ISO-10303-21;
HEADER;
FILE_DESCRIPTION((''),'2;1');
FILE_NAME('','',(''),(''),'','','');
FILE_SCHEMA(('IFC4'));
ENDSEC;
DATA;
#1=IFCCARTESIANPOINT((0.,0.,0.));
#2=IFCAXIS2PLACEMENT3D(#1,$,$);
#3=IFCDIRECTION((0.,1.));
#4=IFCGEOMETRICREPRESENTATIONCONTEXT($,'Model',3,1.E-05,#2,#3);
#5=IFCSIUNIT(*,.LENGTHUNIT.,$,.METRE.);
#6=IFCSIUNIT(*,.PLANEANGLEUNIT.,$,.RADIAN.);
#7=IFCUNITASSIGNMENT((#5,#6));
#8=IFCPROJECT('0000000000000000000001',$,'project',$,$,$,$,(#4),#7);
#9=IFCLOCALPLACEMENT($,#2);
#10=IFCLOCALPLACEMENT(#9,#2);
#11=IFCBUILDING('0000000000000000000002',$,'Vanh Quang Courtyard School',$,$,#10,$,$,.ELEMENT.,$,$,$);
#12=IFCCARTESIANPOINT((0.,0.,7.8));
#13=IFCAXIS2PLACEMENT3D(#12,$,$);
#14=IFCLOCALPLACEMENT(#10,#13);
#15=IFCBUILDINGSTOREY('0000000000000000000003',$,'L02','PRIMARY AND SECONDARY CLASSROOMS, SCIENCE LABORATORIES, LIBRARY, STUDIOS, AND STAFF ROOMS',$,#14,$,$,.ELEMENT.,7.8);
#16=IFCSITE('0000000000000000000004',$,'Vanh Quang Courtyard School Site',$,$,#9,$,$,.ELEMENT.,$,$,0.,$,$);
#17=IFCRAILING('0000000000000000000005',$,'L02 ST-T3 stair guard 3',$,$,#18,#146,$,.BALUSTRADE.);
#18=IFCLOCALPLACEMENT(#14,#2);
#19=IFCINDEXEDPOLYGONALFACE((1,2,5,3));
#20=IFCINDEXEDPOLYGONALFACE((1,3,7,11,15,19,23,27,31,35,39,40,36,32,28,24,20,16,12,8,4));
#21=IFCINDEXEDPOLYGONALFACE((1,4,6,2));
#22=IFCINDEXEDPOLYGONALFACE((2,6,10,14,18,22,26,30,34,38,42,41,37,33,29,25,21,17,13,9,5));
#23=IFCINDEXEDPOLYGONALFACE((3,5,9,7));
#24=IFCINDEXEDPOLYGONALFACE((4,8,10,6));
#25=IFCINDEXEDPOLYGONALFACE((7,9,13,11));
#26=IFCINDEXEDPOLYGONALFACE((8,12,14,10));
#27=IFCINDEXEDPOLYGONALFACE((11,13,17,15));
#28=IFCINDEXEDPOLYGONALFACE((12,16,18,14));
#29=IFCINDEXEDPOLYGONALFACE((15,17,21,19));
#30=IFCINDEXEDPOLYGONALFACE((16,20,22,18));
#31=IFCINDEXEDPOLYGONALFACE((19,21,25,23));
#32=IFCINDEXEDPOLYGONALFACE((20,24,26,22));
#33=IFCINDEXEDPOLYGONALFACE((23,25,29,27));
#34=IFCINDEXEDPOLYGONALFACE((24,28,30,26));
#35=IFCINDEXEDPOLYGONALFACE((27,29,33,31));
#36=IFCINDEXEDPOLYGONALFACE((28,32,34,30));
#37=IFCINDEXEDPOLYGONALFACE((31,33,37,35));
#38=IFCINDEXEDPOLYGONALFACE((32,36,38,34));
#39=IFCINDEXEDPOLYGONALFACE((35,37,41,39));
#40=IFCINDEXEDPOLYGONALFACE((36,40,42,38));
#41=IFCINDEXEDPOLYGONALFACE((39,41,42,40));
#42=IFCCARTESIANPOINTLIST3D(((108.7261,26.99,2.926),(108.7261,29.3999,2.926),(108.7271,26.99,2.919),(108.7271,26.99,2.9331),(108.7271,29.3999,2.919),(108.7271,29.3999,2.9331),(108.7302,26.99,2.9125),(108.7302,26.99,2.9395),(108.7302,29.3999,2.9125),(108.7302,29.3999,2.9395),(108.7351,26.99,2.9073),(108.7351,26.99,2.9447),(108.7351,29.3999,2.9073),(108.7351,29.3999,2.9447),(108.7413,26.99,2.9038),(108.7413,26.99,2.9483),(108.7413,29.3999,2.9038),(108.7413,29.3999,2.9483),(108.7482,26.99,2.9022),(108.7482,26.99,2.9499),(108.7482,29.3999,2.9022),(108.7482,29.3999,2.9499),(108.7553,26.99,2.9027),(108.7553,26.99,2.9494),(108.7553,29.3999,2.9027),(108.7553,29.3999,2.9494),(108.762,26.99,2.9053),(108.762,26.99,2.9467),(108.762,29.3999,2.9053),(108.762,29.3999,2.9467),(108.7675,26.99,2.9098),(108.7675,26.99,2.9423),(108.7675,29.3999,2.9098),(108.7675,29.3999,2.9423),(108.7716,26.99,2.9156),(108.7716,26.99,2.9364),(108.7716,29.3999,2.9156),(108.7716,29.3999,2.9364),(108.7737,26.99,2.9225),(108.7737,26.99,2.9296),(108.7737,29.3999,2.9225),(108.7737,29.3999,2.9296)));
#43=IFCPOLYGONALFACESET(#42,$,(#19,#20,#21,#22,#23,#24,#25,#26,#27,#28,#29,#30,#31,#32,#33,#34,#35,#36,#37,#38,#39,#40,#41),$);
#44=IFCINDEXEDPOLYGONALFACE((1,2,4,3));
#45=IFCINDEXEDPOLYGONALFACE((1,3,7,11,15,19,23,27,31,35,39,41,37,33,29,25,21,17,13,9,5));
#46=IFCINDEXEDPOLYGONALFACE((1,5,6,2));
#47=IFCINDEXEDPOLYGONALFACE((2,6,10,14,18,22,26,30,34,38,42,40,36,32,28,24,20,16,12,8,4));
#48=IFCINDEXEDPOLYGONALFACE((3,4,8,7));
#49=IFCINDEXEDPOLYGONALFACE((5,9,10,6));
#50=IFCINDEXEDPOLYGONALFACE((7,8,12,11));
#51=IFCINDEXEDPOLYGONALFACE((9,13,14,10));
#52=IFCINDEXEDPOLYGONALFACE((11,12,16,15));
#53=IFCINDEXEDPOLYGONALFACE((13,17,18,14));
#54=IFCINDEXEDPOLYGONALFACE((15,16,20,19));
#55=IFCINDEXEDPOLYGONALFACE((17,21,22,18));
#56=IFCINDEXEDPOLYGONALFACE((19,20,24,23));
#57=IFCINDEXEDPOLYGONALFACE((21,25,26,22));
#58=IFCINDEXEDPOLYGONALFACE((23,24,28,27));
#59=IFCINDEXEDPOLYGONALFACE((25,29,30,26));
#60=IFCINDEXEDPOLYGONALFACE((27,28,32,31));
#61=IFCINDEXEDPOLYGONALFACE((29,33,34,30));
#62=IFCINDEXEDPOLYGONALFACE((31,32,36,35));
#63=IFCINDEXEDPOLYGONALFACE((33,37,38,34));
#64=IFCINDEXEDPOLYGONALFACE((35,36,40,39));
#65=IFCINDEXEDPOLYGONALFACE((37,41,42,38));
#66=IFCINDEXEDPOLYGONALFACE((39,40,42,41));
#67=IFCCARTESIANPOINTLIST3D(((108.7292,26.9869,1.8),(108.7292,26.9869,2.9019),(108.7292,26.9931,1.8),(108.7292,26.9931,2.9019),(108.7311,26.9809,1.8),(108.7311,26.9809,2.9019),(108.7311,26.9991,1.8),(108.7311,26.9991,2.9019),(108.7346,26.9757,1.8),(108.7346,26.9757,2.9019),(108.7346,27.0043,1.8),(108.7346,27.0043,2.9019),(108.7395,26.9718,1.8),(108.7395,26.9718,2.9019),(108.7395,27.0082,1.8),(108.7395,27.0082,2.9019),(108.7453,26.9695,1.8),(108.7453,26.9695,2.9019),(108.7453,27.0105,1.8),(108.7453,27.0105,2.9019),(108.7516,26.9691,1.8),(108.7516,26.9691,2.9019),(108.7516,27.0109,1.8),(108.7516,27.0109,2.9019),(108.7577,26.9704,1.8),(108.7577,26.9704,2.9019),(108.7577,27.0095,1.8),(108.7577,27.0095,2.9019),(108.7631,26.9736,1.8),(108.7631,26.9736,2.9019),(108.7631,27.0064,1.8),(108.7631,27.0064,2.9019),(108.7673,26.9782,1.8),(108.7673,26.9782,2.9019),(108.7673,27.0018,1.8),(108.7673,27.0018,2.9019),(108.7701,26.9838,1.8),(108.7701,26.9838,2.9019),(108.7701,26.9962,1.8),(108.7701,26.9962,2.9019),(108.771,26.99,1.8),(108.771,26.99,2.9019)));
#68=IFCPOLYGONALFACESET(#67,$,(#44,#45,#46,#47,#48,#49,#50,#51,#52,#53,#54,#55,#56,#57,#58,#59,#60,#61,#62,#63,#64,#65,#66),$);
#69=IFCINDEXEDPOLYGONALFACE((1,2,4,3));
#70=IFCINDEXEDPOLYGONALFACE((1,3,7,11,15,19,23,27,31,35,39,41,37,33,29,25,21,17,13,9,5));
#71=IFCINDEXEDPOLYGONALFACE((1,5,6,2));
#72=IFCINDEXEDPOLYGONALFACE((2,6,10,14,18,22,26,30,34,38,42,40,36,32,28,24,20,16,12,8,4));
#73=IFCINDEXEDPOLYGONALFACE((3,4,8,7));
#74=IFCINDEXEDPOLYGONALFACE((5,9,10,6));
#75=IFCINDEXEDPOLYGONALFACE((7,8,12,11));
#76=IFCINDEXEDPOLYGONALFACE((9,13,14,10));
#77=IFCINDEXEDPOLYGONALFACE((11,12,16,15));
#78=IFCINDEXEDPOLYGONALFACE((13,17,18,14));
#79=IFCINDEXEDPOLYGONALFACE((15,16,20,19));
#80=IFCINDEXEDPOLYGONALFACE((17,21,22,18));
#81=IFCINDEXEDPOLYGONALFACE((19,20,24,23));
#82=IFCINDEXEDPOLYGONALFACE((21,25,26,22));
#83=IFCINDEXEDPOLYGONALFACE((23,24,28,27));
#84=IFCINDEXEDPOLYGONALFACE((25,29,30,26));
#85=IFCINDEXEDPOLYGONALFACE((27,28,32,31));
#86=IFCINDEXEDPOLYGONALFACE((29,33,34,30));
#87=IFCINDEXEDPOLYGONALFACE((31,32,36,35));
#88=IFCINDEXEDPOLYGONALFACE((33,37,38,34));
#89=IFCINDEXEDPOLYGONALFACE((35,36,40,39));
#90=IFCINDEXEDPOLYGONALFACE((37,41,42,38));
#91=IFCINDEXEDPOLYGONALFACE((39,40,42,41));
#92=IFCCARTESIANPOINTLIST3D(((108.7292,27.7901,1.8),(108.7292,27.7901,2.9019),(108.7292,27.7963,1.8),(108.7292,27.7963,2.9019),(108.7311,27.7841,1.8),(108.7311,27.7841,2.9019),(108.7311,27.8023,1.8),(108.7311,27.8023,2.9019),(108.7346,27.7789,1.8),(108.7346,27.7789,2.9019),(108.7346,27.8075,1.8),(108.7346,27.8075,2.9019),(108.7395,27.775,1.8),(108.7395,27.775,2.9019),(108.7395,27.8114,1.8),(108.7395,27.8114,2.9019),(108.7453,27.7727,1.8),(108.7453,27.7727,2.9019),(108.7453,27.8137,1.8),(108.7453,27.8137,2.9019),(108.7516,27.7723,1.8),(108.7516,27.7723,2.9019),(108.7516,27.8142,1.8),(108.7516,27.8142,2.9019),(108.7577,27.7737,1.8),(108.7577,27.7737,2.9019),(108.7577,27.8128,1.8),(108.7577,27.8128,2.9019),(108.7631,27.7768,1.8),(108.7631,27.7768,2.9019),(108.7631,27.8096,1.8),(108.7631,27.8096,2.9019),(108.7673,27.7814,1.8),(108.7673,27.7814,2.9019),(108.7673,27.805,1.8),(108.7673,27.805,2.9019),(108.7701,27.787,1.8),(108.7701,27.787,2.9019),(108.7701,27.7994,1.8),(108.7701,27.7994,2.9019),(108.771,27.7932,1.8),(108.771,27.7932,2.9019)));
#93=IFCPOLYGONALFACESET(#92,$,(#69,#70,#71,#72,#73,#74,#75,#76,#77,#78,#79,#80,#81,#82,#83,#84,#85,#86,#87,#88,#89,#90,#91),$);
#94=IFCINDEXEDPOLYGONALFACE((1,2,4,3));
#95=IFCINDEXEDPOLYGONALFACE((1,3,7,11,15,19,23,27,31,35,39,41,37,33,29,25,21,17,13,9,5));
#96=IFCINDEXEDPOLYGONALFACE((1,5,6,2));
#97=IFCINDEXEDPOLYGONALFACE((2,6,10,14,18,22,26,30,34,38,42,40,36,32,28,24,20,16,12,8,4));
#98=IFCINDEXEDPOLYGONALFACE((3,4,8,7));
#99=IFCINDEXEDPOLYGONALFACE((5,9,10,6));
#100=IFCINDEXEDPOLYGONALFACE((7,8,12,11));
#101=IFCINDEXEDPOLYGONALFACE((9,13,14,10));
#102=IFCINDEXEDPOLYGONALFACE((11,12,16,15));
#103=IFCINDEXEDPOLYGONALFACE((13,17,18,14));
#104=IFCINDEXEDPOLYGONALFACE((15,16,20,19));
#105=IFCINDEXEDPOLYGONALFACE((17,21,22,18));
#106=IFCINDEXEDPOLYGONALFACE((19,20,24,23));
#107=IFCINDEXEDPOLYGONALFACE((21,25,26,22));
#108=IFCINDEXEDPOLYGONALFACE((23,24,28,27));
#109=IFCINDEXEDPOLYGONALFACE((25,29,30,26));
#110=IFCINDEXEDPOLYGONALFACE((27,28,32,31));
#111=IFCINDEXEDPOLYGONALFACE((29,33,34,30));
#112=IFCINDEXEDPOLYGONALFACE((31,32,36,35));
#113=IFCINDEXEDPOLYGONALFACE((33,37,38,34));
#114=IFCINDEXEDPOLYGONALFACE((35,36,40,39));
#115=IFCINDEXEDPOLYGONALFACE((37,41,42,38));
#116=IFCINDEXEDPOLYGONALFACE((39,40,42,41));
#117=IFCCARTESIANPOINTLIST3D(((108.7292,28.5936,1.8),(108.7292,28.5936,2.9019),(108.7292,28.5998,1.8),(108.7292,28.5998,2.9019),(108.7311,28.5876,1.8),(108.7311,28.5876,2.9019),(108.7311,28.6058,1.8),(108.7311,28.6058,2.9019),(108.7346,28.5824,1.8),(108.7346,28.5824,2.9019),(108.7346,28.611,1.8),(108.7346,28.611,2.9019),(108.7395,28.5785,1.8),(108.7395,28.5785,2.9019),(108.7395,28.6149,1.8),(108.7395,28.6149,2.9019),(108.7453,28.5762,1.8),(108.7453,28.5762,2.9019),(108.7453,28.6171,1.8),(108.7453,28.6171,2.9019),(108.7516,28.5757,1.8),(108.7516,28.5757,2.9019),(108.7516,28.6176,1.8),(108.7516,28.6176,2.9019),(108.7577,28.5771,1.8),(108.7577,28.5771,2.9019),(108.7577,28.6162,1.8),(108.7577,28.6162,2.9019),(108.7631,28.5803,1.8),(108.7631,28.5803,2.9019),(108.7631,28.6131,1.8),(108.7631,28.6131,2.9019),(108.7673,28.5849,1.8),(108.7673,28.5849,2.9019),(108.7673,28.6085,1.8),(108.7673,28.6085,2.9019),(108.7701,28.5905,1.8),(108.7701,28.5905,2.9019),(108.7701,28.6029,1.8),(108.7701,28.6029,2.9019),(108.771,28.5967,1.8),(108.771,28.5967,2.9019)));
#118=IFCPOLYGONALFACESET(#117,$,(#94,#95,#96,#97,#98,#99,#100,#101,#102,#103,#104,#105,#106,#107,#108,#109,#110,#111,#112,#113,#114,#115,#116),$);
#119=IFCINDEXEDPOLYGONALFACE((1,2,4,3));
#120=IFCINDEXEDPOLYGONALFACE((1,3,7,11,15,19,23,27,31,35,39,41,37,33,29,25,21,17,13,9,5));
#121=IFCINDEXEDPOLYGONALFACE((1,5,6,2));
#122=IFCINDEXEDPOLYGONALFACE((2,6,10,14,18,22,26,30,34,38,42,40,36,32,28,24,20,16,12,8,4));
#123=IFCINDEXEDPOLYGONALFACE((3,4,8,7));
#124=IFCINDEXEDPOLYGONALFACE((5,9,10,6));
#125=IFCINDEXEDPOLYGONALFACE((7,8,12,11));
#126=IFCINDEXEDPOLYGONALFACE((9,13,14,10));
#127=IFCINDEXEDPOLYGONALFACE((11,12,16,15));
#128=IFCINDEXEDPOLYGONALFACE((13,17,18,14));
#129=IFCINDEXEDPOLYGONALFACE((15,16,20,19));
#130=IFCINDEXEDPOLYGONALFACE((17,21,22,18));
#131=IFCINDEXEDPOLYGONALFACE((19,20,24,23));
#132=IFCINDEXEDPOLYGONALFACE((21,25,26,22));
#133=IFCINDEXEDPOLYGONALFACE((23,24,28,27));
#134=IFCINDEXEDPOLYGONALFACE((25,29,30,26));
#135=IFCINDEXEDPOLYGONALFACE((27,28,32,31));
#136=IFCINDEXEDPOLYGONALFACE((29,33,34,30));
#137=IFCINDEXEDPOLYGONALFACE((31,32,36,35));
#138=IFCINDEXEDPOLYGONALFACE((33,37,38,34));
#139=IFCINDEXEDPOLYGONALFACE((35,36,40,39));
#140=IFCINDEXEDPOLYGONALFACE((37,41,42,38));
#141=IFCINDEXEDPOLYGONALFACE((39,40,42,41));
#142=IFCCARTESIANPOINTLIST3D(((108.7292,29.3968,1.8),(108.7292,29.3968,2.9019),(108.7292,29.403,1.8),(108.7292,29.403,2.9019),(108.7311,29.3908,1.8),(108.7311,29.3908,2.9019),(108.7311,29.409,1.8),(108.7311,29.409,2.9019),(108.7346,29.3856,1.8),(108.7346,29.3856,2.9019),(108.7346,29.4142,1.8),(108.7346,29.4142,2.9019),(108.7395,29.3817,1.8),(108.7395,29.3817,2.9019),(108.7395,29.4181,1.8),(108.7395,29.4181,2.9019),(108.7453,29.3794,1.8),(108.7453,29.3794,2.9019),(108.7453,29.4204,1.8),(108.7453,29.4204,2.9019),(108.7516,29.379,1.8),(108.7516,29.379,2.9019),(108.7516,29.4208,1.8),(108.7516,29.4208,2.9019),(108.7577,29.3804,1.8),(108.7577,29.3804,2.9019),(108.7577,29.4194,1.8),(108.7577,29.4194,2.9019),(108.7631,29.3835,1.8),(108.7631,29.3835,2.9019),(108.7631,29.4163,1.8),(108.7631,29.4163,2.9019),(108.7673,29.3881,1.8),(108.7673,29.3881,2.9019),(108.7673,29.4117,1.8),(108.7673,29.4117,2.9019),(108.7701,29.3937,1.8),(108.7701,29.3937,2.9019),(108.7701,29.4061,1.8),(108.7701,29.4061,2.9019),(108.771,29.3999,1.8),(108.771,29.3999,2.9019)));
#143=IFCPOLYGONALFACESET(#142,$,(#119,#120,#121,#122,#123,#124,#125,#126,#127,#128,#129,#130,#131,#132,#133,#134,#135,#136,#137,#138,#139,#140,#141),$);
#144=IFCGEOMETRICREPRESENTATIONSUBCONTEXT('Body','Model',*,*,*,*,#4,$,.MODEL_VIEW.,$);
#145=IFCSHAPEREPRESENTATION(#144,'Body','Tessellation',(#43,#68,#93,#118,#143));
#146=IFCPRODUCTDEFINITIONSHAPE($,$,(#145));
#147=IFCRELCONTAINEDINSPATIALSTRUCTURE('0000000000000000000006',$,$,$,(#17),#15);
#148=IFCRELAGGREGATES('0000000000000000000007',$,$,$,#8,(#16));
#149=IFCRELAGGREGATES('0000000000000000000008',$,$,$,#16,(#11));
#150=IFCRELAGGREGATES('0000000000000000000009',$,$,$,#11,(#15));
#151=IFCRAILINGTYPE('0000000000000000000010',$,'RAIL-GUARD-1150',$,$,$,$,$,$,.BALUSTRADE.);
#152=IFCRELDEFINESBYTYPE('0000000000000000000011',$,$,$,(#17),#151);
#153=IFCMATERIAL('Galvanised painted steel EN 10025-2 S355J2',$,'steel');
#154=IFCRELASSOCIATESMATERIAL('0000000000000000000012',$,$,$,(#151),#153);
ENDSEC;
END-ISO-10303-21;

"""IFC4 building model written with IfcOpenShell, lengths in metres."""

from ifc_helpers import new_model, si_unit, direction, frame, origin, origin_2d, place, context, subcontext, project, spatial, circle, extrude, material, type_object, element, save


model = new_model("IFC4")

# Units and contexts
model_context = context("Model", 3, precision=1e-05, world=origin(), true_north=direction((0.0, 1.0)))
body_context = subcontext(model_context, "Body", "Model", "MODEL_VIEW")
ifc_project = project(units=[si_unit("LENGTHUNIT", "METRE"), si_unit("PLANEANGLEUNIT", "RADIAN")], contexts=[model_context])

# Site, building, storey
site_placement = place(None, origin())
site = spatial("IfcSite", under=ifc_project, at=site_placement, Name="Vanh Quang Courtyard School Site", CompositionType="ELEMENT", RefElevation=0.0)
building_placement = place(site_placement, origin())
building = spatial("IfcBuilding", under=site, at=building_placement, Name="Vanh Quang Courtyard School", CompositionType="ELEMENT")
storey_placement = place(building_placement, frame((0.0, 0.0, 7.8)))
storey = spatial("IfcBuildingStorey", under=building, at=storey_placement, Name="L02", Description="PRIMARY AND SECONDARY CLASSROOMS, SCIENCE LABORATORIES, LIBRARY, STUDIOS, AND STAFF ROOMS", CompositionType="ELEMENT", Elevation=7.8)

# Railing
ifc_material_1 = material(Name="Galvanised painted steel EN 10025-2 S355J2", Category="steel")
railing_type_1 = type_object("IfcRailingType", Name="RAIL-GUARD-1150", PredefinedType="BALUSTRADE", material=ifc_material_1)
for number, where, name in (
    (1, (108.75, 26.99, 1.8), "L02 ST-T3 stair guard 3"),
):
    element("IfcRailing", number, at=place(storey_placement, frame(where)), inside=storey, type_object=railing_type_1, Name=name, PredefinedType="BALUSTRADE", context=body_context, shape_type="SweptSolid", body=[
        extrude(circle(Radius=0.0239, at=origin_2d()), frame((0.0, 0.0, 1.126), z_axis=(0.0, 1.0, 0.0), x_axis=(-1.0, 0.0, 0.0)), (0.0, 0.0, 1.0), 2.4099),
        extrude(circle(Radius=0.021, at=origin_2d()), origin(), (0.0, 0.0, 1.0), 1.1018),
        extrude(circle(Radius=0.021, at=origin_2d()), frame((0.0, 0.8032, 0.0)), (0.0, 0.0, 1.0), 1.1018),
        extrude(circle(Radius=0.021, at=origin_2d()), frame((0.0, 1.6067, 0.0)), (0.0, 0.0, 1.0), 1.1018),
        extrude(circle(Radius=0.021, at=origin_2d()), frame((0.0, 2.4099, 0.0)), (0.0, 0.0, 1.0), 1.1018),
    ])

save(model, "model.ifc")
